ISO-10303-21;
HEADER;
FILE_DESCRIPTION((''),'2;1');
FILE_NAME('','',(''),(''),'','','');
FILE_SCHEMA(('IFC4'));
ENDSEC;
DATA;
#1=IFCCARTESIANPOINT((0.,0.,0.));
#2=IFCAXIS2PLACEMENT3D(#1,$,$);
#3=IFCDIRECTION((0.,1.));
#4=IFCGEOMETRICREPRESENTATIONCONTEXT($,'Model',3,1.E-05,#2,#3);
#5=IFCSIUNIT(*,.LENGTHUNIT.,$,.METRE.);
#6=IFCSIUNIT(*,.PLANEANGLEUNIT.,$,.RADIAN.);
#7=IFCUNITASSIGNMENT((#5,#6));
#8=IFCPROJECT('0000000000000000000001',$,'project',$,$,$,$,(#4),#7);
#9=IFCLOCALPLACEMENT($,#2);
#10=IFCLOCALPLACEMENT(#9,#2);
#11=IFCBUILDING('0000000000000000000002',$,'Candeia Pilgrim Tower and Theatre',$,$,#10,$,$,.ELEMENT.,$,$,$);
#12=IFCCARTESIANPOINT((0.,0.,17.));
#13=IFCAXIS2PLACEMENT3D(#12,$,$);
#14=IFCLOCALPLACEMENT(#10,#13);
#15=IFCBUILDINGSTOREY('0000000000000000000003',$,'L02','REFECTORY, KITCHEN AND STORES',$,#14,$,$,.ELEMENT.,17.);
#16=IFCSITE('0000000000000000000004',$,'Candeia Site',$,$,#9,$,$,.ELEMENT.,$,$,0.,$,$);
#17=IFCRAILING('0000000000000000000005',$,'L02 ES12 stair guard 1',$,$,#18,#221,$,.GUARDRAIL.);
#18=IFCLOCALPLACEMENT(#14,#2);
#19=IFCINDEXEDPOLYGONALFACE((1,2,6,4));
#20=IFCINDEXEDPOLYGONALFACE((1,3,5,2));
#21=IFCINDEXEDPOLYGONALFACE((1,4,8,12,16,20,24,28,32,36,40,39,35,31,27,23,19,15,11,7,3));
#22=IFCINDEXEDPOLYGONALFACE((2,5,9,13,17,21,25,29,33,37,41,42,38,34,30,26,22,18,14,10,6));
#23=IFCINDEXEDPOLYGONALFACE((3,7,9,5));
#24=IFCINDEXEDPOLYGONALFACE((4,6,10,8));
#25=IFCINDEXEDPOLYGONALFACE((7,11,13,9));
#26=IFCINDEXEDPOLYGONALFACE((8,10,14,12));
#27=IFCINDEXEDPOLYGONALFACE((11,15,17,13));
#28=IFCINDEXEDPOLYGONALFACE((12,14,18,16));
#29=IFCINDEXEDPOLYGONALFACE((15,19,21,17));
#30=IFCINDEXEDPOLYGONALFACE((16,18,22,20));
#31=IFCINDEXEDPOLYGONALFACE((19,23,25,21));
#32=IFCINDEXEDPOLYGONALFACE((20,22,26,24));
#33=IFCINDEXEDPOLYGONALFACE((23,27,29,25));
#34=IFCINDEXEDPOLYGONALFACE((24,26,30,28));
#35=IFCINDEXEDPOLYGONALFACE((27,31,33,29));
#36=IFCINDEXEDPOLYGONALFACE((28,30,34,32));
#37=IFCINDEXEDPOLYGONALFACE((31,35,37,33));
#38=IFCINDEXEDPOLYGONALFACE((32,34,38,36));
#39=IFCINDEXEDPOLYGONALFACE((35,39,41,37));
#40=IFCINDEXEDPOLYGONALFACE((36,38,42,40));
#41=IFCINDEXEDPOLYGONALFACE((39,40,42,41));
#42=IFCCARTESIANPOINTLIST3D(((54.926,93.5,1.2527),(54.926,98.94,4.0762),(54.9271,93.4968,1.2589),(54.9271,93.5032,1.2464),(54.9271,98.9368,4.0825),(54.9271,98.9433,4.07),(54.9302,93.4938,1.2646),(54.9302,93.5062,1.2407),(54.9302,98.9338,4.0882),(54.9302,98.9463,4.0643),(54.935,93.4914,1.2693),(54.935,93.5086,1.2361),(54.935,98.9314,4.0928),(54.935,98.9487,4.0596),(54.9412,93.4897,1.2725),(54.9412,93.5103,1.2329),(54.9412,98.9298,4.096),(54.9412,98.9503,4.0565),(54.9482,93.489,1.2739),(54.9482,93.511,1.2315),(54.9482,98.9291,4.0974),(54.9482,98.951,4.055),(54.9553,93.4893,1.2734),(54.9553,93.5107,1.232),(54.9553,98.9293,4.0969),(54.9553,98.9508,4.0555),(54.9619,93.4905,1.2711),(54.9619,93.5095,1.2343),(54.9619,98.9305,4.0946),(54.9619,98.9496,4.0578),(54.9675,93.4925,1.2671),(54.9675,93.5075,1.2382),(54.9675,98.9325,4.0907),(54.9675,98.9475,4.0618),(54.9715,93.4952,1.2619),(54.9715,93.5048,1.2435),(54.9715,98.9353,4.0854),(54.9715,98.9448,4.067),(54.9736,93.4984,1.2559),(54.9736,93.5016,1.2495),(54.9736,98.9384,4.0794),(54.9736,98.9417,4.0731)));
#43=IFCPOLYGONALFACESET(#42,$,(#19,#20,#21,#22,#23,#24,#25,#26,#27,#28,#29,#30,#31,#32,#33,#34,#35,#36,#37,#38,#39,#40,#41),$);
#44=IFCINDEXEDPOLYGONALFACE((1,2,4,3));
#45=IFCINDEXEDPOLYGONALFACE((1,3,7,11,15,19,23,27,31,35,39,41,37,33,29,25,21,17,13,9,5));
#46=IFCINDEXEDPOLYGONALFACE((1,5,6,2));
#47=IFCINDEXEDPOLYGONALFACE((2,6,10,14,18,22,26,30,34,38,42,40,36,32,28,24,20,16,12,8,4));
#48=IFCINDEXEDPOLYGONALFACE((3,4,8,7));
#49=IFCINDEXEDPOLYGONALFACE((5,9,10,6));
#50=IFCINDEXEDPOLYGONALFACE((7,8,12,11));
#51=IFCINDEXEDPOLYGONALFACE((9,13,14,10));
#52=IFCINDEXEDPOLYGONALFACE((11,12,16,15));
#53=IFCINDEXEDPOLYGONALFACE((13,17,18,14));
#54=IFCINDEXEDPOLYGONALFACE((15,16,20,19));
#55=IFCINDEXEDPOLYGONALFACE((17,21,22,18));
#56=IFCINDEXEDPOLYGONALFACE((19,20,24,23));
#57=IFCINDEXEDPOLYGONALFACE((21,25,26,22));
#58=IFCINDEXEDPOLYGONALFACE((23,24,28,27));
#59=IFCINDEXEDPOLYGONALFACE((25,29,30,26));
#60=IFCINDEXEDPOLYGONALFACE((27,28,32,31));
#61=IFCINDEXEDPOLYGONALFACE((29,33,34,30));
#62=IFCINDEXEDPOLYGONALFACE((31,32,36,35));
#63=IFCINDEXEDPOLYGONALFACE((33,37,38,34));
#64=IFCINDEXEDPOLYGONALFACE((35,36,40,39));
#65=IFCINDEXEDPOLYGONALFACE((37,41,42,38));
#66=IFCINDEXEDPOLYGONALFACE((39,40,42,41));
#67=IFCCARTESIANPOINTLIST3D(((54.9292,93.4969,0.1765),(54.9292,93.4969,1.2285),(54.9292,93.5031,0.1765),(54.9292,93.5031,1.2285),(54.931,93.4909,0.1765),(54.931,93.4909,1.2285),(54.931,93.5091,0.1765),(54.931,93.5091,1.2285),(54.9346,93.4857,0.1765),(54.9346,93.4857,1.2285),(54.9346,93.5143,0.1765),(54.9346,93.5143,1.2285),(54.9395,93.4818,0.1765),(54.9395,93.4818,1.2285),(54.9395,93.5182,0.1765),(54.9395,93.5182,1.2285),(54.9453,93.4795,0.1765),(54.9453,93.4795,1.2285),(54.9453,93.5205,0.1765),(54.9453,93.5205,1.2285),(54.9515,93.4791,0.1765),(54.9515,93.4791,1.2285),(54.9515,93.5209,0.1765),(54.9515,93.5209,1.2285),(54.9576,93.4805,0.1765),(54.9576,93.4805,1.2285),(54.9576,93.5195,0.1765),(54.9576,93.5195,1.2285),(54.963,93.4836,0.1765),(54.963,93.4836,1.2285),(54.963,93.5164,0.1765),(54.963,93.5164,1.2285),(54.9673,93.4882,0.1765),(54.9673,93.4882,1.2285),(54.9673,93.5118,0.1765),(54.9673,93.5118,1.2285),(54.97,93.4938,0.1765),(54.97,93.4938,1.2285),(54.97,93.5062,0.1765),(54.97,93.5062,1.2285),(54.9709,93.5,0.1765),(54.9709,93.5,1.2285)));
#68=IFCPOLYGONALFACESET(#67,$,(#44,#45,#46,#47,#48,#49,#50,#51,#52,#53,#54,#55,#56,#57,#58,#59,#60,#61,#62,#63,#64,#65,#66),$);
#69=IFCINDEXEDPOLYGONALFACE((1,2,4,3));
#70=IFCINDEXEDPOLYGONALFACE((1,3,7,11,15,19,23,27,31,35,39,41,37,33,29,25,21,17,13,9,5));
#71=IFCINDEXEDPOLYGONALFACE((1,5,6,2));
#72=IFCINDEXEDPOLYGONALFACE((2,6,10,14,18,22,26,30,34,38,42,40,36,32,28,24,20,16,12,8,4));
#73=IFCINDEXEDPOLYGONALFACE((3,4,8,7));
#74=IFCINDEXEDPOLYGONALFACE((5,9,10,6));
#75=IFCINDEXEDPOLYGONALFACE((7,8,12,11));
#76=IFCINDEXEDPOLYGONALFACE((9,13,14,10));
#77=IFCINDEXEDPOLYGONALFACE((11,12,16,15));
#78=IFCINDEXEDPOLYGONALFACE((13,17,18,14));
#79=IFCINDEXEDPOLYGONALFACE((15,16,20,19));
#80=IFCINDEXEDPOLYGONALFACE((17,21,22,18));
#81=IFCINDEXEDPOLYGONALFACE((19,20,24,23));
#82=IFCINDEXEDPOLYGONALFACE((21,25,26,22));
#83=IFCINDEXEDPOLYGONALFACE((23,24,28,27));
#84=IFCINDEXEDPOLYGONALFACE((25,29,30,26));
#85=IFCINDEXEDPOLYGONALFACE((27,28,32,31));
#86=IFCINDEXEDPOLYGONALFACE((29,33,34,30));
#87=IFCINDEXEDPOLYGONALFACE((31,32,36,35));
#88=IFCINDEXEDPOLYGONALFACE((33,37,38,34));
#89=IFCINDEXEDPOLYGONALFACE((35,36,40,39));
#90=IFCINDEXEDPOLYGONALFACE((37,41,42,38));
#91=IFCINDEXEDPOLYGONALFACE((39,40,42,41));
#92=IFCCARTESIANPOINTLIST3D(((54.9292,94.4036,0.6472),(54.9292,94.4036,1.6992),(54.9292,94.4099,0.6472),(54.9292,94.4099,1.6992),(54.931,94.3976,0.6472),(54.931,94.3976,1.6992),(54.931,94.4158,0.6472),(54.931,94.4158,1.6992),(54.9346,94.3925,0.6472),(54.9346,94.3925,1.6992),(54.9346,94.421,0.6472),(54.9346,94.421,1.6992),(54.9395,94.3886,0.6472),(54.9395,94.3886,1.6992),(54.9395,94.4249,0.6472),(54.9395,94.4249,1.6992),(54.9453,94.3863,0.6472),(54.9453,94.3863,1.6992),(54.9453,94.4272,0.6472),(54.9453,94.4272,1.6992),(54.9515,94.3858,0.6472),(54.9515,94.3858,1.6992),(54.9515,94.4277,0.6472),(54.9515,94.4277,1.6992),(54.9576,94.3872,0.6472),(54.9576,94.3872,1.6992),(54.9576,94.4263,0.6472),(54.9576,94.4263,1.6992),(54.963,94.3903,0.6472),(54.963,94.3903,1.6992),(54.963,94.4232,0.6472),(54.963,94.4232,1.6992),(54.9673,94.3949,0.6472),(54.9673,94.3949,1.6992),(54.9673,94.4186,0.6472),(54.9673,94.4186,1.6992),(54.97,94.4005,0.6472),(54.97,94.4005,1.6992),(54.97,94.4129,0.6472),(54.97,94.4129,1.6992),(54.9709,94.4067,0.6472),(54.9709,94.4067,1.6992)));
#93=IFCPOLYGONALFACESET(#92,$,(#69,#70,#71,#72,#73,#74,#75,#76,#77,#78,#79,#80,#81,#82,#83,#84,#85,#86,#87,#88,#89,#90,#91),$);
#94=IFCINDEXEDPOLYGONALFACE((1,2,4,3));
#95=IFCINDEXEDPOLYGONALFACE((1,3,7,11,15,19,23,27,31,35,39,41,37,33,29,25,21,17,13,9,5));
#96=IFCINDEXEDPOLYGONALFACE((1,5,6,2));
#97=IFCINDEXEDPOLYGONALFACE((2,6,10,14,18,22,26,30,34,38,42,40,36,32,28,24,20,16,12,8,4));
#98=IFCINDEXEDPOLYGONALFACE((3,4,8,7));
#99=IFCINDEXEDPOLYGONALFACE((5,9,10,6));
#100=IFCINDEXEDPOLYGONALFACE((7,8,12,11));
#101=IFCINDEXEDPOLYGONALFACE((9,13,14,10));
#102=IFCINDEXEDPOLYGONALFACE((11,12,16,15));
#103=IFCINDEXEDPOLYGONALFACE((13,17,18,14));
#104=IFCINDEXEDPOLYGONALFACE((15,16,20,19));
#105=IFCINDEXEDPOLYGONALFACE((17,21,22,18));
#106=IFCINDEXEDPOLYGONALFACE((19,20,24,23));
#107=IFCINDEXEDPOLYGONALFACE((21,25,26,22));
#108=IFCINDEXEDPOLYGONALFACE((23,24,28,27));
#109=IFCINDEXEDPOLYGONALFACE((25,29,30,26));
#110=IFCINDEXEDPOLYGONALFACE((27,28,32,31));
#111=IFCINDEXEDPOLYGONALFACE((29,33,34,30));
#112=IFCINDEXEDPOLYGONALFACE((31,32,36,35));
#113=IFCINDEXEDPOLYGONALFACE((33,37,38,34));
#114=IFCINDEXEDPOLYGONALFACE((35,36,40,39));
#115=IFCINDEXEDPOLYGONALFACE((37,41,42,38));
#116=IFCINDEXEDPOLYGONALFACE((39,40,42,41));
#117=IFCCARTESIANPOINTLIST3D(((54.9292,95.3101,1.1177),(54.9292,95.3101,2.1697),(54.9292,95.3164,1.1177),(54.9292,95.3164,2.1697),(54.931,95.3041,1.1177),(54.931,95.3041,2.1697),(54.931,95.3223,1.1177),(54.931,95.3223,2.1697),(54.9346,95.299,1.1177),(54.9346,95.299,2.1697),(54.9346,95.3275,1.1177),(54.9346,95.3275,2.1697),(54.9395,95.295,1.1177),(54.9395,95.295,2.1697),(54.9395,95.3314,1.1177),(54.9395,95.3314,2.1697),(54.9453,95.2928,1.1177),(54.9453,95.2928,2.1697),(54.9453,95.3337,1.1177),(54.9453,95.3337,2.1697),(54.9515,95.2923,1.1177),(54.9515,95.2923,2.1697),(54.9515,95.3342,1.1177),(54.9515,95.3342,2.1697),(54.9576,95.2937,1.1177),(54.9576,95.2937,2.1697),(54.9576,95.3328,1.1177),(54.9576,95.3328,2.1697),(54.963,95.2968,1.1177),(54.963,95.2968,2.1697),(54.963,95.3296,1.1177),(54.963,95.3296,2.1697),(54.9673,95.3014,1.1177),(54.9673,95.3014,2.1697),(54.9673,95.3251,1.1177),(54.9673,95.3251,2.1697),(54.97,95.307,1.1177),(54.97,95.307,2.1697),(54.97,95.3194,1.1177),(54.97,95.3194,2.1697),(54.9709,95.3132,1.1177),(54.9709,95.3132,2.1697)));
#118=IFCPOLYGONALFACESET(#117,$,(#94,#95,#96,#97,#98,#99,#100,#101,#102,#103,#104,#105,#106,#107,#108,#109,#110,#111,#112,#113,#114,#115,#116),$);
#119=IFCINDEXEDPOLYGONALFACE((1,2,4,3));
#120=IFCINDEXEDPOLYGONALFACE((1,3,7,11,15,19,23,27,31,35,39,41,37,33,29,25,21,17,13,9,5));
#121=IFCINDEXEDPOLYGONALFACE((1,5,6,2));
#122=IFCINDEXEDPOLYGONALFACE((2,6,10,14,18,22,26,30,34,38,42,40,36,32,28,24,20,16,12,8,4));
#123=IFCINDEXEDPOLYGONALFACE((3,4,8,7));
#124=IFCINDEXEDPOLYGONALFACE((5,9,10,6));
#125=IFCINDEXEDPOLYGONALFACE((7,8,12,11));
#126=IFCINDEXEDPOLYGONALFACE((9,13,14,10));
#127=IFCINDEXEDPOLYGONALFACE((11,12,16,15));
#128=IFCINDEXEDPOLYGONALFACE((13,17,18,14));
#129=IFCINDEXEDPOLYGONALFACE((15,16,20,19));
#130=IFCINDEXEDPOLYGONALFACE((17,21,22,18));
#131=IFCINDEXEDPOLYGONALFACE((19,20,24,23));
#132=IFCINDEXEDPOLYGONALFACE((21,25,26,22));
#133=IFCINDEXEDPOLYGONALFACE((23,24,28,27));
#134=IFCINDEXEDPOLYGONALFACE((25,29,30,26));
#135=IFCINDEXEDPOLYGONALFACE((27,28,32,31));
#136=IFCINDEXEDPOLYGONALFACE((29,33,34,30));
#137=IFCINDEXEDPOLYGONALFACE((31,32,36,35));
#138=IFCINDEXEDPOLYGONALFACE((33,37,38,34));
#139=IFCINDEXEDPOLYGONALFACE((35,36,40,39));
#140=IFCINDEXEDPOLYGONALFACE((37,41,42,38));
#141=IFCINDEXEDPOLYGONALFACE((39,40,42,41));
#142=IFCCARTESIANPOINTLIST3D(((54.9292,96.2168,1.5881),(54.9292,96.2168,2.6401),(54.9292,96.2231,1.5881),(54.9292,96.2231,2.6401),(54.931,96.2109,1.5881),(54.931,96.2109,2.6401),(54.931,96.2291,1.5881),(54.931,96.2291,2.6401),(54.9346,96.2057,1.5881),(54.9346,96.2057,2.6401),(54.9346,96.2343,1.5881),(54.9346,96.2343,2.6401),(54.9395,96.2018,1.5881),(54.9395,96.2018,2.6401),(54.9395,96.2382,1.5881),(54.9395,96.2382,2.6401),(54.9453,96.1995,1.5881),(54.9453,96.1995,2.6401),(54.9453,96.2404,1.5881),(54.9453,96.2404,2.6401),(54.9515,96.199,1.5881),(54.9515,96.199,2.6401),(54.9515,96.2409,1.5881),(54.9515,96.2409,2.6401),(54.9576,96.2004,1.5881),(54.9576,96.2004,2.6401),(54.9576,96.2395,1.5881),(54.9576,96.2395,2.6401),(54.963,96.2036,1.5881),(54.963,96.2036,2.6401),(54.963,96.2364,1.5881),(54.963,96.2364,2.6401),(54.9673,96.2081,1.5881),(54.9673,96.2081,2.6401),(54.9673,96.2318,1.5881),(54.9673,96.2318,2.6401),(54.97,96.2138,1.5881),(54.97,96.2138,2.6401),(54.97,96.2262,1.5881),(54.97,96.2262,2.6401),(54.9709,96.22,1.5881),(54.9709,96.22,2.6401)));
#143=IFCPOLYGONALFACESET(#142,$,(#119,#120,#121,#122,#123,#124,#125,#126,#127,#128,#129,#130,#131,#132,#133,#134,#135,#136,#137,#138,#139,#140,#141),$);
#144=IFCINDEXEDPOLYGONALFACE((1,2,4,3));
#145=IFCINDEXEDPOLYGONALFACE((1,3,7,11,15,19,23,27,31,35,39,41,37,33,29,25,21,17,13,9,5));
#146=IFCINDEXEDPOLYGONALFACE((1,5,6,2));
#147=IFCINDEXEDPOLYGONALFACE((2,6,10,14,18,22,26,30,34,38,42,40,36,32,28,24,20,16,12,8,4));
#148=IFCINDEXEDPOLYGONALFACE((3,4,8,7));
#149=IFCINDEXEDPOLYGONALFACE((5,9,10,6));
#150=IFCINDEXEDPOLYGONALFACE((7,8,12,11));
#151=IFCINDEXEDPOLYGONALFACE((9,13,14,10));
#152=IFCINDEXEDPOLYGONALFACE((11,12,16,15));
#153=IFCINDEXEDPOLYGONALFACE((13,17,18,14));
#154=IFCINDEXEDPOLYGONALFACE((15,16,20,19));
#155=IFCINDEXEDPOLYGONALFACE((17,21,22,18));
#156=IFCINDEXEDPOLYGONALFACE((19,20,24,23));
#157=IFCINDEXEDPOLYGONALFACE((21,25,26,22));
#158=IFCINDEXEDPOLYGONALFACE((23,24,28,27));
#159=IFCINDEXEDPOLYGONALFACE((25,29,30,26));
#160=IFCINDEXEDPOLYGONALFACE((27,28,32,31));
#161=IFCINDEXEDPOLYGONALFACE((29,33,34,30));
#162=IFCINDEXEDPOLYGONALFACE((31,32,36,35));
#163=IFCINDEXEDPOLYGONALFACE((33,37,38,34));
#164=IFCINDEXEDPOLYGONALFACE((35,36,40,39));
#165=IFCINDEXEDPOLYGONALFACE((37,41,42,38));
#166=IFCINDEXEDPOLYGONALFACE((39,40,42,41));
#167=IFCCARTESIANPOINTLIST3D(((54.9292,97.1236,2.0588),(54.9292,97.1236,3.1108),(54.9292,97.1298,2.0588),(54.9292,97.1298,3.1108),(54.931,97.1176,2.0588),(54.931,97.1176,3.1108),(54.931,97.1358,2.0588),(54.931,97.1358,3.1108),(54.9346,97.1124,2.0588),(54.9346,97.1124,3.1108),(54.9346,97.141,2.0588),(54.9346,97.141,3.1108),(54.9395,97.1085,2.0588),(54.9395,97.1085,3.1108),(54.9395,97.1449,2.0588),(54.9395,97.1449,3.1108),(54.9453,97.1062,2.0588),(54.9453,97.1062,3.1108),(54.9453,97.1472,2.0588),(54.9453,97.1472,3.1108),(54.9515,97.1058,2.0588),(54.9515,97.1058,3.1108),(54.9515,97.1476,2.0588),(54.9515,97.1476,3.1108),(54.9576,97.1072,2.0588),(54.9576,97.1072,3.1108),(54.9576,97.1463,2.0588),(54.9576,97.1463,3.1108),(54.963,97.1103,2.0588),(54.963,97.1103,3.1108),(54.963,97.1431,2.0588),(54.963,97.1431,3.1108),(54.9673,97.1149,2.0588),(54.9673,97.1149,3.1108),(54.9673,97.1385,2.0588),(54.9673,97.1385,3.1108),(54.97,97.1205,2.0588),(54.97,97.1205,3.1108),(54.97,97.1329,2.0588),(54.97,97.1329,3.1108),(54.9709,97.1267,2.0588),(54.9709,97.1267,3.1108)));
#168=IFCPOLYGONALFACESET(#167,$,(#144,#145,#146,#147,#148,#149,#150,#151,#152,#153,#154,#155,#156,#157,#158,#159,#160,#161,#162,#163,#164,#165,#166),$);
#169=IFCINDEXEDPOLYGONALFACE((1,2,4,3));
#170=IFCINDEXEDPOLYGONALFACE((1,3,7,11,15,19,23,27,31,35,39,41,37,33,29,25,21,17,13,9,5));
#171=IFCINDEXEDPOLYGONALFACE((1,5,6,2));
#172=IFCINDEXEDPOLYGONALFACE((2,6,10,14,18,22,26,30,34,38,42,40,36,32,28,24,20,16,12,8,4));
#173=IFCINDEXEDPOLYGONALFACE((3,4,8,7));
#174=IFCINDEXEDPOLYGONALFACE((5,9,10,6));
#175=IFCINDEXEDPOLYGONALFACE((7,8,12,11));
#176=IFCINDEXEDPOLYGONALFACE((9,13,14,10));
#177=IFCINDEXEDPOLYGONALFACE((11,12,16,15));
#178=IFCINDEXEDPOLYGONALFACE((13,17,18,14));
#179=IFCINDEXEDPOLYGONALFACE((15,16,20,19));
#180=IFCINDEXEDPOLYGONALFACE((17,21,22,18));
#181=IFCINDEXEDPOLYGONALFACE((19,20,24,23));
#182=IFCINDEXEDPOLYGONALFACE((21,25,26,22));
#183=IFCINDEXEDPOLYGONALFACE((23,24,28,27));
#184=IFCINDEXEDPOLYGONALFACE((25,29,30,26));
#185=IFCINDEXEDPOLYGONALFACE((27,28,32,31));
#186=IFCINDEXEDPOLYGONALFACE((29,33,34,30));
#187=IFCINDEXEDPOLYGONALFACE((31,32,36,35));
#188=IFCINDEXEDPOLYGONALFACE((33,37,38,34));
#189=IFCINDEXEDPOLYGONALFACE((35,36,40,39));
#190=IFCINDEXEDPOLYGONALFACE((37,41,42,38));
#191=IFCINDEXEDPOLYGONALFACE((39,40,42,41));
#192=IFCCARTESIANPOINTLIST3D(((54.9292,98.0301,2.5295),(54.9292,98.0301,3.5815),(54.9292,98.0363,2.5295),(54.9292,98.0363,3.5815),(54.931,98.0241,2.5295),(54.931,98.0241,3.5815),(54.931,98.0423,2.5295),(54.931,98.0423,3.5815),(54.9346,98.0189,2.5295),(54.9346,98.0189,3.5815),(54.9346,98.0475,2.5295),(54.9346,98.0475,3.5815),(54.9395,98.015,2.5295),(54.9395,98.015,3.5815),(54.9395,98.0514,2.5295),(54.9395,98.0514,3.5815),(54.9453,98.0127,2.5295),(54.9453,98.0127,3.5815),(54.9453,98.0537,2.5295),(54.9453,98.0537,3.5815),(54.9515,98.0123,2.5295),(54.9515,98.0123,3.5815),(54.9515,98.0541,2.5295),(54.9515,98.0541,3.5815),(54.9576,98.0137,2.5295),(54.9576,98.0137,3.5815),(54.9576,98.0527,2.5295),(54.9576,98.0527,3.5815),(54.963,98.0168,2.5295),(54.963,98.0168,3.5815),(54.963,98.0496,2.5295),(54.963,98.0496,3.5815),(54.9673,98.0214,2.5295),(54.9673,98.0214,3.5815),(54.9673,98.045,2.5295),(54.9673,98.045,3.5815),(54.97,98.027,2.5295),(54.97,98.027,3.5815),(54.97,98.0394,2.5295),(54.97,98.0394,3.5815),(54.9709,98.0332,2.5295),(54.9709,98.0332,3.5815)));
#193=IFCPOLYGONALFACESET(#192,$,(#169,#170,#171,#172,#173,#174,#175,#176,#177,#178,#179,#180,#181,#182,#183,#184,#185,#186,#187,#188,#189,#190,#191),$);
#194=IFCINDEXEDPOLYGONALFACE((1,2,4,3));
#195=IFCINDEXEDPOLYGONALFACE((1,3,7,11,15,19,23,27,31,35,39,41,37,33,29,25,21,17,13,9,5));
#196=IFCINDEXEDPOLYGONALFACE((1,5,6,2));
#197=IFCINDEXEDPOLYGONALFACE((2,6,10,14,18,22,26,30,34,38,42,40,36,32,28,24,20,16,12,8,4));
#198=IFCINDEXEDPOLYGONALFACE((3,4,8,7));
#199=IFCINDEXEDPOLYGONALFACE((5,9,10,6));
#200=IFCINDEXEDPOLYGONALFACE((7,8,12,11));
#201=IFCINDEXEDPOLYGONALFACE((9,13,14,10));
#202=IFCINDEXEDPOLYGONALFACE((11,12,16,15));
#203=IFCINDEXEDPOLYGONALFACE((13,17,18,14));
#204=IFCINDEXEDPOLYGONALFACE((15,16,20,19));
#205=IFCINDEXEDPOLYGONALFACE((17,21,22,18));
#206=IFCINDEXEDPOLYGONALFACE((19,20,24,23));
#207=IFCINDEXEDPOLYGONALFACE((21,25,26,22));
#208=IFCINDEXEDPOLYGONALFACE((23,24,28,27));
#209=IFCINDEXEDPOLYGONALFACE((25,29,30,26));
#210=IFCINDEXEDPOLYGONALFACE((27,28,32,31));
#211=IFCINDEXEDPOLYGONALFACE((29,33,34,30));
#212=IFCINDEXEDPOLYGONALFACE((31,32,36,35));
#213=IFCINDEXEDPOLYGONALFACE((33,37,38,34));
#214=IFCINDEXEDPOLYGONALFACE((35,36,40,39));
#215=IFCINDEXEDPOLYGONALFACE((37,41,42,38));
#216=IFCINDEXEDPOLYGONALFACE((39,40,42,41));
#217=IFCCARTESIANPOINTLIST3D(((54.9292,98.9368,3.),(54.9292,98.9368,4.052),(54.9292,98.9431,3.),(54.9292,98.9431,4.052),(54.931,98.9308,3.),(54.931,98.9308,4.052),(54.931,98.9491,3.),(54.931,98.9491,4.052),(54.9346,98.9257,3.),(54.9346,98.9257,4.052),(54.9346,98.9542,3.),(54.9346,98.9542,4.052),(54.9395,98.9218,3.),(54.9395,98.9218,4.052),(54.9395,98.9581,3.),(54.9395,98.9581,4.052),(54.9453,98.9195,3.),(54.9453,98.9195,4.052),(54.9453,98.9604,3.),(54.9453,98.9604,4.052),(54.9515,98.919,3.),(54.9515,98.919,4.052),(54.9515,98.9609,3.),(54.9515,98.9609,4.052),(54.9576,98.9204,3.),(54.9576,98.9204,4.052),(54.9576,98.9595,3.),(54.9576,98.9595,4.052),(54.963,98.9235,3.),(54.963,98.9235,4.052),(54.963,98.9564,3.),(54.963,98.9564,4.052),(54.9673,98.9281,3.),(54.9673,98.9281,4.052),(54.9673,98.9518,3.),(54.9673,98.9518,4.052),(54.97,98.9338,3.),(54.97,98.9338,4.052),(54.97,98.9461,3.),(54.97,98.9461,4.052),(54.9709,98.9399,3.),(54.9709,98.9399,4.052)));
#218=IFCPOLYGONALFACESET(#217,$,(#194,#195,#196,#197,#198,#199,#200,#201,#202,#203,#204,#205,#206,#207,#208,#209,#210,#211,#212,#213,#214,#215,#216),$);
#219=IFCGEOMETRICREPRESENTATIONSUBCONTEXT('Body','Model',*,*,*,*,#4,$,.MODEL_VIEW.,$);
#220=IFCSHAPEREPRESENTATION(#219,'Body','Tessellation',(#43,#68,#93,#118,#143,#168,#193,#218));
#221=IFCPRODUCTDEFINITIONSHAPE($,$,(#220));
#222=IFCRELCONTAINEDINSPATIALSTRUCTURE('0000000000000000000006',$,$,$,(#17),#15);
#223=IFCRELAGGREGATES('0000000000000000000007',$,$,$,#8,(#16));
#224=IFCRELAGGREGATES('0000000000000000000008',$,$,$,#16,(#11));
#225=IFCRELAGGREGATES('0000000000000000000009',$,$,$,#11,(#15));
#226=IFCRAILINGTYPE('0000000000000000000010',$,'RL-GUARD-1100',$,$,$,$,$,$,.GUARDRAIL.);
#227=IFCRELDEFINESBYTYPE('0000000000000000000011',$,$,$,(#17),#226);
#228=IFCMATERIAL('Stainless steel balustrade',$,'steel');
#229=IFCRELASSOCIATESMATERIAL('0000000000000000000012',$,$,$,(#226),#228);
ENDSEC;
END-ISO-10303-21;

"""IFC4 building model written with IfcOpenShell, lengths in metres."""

from ifc_helpers import new_model, si_unit, direction, frame, origin, origin_2d, place, context, subcontext, project, spatial, circle, extrude, material, type_object, element, save


model = new_model("IFC4")

# Units and contexts
model_context = context("Model", 3, precision=1e-05, world=origin(), true_north=direction((0.0, 1.0)))
body_context = subcontext(model_context, "Body", "Model", "MODEL_VIEW")
ifc_project = project(units=[si_unit("LENGTHUNIT", "METRE"), si_unit("PLANEANGLEUNIT", "RADIAN")], contexts=[model_context])

# Site, building, storey
site_placement = place(None, origin())
site = spatial("IfcSite", under=ifc_project, at=site_placement, Name="Candeia Site", CompositionType="ELEMENT", RefElevation=0.0)
building_placement = place(site_placement, origin())
building = spatial("IfcBuilding", under=site, at=building_placement, Name="Candeia Pilgrim Tower and Theatre", CompositionType="ELEMENT")
storey_placement = place(building_placement, frame((0.0, 0.0, 17.0)))
storey = spatial("IfcBuildingStorey", under=building, at=storey_placement, Name="L02", Description="REFECTORY, KITCHEN AND STORES", CompositionType="ELEMENT", Elevation=17.0)

# Railing
ifc_material_1 = material(Name="Stainless steel balustrade", Category="steel")
railing_type_1 = type_object("IfcRailingType", Name="RL-GUARD-1100", PredefinedType="GUARDRAIL", material=ifc_material_1)
railing_1_placement = place(storey_placement, frame((54.95, 93.5, 0.1765)))
element("IfcRailing", 1, at=railing_1_placement, inside=storey, type_object=railing_type_1, Name="L02 ES12 stair guard 1", PredefinedType="GUARDRAIL", context=body_context, shape_type="SweptSolid", body=[
    extrude(circle(Radius=0.0239, at=origin_2d()), frame((0.0, 0.0, 1.0762), z_axis=(0.0, 0.887569, 0.460674), x_axis=(-1.0, 0.0, 0.0)), (0.0, 0.0, 1.0), 6.1292),
    extrude(circle(Radius=0.021, at=origin_2d()), origin(), (0.0, 0.0, 1.0), 1.052),
    extrude(circle(Radius=0.021, at=origin_2d()), frame((0.0, 0.9067, 0.4707)), (0.0, 0.0, 1.0), 1.052),
    extrude(circle(Radius=0.021, at=origin_2d()), frame((0.0, 1.8132, 0.9412)), (0.0, 0.0, 1.0), 1.052),
    extrude(circle(Radius=0.021, at=origin_2d()), frame((0.0, 2.72, 1.4116)), (0.0, 0.0, 1.0), 1.052),
    extrude(circle(Radius=0.021, at=origin_2d()), frame((0.0, 3.6267, 1.8823)), (0.0, 0.0, 1.0), 1.052),
    extrude(circle(Radius=0.021, at=origin_2d()), frame((0.0, 4.5332, 2.353)), (0.0, 0.0, 1.0), 1.052),
    extrude(circle(Radius=0.021, at=origin_2d()), frame((0.0, 5.4399, 2.8235)), (0.0, 0.0, 1.0), 1.052),
])

save(model, "model.ifc")
